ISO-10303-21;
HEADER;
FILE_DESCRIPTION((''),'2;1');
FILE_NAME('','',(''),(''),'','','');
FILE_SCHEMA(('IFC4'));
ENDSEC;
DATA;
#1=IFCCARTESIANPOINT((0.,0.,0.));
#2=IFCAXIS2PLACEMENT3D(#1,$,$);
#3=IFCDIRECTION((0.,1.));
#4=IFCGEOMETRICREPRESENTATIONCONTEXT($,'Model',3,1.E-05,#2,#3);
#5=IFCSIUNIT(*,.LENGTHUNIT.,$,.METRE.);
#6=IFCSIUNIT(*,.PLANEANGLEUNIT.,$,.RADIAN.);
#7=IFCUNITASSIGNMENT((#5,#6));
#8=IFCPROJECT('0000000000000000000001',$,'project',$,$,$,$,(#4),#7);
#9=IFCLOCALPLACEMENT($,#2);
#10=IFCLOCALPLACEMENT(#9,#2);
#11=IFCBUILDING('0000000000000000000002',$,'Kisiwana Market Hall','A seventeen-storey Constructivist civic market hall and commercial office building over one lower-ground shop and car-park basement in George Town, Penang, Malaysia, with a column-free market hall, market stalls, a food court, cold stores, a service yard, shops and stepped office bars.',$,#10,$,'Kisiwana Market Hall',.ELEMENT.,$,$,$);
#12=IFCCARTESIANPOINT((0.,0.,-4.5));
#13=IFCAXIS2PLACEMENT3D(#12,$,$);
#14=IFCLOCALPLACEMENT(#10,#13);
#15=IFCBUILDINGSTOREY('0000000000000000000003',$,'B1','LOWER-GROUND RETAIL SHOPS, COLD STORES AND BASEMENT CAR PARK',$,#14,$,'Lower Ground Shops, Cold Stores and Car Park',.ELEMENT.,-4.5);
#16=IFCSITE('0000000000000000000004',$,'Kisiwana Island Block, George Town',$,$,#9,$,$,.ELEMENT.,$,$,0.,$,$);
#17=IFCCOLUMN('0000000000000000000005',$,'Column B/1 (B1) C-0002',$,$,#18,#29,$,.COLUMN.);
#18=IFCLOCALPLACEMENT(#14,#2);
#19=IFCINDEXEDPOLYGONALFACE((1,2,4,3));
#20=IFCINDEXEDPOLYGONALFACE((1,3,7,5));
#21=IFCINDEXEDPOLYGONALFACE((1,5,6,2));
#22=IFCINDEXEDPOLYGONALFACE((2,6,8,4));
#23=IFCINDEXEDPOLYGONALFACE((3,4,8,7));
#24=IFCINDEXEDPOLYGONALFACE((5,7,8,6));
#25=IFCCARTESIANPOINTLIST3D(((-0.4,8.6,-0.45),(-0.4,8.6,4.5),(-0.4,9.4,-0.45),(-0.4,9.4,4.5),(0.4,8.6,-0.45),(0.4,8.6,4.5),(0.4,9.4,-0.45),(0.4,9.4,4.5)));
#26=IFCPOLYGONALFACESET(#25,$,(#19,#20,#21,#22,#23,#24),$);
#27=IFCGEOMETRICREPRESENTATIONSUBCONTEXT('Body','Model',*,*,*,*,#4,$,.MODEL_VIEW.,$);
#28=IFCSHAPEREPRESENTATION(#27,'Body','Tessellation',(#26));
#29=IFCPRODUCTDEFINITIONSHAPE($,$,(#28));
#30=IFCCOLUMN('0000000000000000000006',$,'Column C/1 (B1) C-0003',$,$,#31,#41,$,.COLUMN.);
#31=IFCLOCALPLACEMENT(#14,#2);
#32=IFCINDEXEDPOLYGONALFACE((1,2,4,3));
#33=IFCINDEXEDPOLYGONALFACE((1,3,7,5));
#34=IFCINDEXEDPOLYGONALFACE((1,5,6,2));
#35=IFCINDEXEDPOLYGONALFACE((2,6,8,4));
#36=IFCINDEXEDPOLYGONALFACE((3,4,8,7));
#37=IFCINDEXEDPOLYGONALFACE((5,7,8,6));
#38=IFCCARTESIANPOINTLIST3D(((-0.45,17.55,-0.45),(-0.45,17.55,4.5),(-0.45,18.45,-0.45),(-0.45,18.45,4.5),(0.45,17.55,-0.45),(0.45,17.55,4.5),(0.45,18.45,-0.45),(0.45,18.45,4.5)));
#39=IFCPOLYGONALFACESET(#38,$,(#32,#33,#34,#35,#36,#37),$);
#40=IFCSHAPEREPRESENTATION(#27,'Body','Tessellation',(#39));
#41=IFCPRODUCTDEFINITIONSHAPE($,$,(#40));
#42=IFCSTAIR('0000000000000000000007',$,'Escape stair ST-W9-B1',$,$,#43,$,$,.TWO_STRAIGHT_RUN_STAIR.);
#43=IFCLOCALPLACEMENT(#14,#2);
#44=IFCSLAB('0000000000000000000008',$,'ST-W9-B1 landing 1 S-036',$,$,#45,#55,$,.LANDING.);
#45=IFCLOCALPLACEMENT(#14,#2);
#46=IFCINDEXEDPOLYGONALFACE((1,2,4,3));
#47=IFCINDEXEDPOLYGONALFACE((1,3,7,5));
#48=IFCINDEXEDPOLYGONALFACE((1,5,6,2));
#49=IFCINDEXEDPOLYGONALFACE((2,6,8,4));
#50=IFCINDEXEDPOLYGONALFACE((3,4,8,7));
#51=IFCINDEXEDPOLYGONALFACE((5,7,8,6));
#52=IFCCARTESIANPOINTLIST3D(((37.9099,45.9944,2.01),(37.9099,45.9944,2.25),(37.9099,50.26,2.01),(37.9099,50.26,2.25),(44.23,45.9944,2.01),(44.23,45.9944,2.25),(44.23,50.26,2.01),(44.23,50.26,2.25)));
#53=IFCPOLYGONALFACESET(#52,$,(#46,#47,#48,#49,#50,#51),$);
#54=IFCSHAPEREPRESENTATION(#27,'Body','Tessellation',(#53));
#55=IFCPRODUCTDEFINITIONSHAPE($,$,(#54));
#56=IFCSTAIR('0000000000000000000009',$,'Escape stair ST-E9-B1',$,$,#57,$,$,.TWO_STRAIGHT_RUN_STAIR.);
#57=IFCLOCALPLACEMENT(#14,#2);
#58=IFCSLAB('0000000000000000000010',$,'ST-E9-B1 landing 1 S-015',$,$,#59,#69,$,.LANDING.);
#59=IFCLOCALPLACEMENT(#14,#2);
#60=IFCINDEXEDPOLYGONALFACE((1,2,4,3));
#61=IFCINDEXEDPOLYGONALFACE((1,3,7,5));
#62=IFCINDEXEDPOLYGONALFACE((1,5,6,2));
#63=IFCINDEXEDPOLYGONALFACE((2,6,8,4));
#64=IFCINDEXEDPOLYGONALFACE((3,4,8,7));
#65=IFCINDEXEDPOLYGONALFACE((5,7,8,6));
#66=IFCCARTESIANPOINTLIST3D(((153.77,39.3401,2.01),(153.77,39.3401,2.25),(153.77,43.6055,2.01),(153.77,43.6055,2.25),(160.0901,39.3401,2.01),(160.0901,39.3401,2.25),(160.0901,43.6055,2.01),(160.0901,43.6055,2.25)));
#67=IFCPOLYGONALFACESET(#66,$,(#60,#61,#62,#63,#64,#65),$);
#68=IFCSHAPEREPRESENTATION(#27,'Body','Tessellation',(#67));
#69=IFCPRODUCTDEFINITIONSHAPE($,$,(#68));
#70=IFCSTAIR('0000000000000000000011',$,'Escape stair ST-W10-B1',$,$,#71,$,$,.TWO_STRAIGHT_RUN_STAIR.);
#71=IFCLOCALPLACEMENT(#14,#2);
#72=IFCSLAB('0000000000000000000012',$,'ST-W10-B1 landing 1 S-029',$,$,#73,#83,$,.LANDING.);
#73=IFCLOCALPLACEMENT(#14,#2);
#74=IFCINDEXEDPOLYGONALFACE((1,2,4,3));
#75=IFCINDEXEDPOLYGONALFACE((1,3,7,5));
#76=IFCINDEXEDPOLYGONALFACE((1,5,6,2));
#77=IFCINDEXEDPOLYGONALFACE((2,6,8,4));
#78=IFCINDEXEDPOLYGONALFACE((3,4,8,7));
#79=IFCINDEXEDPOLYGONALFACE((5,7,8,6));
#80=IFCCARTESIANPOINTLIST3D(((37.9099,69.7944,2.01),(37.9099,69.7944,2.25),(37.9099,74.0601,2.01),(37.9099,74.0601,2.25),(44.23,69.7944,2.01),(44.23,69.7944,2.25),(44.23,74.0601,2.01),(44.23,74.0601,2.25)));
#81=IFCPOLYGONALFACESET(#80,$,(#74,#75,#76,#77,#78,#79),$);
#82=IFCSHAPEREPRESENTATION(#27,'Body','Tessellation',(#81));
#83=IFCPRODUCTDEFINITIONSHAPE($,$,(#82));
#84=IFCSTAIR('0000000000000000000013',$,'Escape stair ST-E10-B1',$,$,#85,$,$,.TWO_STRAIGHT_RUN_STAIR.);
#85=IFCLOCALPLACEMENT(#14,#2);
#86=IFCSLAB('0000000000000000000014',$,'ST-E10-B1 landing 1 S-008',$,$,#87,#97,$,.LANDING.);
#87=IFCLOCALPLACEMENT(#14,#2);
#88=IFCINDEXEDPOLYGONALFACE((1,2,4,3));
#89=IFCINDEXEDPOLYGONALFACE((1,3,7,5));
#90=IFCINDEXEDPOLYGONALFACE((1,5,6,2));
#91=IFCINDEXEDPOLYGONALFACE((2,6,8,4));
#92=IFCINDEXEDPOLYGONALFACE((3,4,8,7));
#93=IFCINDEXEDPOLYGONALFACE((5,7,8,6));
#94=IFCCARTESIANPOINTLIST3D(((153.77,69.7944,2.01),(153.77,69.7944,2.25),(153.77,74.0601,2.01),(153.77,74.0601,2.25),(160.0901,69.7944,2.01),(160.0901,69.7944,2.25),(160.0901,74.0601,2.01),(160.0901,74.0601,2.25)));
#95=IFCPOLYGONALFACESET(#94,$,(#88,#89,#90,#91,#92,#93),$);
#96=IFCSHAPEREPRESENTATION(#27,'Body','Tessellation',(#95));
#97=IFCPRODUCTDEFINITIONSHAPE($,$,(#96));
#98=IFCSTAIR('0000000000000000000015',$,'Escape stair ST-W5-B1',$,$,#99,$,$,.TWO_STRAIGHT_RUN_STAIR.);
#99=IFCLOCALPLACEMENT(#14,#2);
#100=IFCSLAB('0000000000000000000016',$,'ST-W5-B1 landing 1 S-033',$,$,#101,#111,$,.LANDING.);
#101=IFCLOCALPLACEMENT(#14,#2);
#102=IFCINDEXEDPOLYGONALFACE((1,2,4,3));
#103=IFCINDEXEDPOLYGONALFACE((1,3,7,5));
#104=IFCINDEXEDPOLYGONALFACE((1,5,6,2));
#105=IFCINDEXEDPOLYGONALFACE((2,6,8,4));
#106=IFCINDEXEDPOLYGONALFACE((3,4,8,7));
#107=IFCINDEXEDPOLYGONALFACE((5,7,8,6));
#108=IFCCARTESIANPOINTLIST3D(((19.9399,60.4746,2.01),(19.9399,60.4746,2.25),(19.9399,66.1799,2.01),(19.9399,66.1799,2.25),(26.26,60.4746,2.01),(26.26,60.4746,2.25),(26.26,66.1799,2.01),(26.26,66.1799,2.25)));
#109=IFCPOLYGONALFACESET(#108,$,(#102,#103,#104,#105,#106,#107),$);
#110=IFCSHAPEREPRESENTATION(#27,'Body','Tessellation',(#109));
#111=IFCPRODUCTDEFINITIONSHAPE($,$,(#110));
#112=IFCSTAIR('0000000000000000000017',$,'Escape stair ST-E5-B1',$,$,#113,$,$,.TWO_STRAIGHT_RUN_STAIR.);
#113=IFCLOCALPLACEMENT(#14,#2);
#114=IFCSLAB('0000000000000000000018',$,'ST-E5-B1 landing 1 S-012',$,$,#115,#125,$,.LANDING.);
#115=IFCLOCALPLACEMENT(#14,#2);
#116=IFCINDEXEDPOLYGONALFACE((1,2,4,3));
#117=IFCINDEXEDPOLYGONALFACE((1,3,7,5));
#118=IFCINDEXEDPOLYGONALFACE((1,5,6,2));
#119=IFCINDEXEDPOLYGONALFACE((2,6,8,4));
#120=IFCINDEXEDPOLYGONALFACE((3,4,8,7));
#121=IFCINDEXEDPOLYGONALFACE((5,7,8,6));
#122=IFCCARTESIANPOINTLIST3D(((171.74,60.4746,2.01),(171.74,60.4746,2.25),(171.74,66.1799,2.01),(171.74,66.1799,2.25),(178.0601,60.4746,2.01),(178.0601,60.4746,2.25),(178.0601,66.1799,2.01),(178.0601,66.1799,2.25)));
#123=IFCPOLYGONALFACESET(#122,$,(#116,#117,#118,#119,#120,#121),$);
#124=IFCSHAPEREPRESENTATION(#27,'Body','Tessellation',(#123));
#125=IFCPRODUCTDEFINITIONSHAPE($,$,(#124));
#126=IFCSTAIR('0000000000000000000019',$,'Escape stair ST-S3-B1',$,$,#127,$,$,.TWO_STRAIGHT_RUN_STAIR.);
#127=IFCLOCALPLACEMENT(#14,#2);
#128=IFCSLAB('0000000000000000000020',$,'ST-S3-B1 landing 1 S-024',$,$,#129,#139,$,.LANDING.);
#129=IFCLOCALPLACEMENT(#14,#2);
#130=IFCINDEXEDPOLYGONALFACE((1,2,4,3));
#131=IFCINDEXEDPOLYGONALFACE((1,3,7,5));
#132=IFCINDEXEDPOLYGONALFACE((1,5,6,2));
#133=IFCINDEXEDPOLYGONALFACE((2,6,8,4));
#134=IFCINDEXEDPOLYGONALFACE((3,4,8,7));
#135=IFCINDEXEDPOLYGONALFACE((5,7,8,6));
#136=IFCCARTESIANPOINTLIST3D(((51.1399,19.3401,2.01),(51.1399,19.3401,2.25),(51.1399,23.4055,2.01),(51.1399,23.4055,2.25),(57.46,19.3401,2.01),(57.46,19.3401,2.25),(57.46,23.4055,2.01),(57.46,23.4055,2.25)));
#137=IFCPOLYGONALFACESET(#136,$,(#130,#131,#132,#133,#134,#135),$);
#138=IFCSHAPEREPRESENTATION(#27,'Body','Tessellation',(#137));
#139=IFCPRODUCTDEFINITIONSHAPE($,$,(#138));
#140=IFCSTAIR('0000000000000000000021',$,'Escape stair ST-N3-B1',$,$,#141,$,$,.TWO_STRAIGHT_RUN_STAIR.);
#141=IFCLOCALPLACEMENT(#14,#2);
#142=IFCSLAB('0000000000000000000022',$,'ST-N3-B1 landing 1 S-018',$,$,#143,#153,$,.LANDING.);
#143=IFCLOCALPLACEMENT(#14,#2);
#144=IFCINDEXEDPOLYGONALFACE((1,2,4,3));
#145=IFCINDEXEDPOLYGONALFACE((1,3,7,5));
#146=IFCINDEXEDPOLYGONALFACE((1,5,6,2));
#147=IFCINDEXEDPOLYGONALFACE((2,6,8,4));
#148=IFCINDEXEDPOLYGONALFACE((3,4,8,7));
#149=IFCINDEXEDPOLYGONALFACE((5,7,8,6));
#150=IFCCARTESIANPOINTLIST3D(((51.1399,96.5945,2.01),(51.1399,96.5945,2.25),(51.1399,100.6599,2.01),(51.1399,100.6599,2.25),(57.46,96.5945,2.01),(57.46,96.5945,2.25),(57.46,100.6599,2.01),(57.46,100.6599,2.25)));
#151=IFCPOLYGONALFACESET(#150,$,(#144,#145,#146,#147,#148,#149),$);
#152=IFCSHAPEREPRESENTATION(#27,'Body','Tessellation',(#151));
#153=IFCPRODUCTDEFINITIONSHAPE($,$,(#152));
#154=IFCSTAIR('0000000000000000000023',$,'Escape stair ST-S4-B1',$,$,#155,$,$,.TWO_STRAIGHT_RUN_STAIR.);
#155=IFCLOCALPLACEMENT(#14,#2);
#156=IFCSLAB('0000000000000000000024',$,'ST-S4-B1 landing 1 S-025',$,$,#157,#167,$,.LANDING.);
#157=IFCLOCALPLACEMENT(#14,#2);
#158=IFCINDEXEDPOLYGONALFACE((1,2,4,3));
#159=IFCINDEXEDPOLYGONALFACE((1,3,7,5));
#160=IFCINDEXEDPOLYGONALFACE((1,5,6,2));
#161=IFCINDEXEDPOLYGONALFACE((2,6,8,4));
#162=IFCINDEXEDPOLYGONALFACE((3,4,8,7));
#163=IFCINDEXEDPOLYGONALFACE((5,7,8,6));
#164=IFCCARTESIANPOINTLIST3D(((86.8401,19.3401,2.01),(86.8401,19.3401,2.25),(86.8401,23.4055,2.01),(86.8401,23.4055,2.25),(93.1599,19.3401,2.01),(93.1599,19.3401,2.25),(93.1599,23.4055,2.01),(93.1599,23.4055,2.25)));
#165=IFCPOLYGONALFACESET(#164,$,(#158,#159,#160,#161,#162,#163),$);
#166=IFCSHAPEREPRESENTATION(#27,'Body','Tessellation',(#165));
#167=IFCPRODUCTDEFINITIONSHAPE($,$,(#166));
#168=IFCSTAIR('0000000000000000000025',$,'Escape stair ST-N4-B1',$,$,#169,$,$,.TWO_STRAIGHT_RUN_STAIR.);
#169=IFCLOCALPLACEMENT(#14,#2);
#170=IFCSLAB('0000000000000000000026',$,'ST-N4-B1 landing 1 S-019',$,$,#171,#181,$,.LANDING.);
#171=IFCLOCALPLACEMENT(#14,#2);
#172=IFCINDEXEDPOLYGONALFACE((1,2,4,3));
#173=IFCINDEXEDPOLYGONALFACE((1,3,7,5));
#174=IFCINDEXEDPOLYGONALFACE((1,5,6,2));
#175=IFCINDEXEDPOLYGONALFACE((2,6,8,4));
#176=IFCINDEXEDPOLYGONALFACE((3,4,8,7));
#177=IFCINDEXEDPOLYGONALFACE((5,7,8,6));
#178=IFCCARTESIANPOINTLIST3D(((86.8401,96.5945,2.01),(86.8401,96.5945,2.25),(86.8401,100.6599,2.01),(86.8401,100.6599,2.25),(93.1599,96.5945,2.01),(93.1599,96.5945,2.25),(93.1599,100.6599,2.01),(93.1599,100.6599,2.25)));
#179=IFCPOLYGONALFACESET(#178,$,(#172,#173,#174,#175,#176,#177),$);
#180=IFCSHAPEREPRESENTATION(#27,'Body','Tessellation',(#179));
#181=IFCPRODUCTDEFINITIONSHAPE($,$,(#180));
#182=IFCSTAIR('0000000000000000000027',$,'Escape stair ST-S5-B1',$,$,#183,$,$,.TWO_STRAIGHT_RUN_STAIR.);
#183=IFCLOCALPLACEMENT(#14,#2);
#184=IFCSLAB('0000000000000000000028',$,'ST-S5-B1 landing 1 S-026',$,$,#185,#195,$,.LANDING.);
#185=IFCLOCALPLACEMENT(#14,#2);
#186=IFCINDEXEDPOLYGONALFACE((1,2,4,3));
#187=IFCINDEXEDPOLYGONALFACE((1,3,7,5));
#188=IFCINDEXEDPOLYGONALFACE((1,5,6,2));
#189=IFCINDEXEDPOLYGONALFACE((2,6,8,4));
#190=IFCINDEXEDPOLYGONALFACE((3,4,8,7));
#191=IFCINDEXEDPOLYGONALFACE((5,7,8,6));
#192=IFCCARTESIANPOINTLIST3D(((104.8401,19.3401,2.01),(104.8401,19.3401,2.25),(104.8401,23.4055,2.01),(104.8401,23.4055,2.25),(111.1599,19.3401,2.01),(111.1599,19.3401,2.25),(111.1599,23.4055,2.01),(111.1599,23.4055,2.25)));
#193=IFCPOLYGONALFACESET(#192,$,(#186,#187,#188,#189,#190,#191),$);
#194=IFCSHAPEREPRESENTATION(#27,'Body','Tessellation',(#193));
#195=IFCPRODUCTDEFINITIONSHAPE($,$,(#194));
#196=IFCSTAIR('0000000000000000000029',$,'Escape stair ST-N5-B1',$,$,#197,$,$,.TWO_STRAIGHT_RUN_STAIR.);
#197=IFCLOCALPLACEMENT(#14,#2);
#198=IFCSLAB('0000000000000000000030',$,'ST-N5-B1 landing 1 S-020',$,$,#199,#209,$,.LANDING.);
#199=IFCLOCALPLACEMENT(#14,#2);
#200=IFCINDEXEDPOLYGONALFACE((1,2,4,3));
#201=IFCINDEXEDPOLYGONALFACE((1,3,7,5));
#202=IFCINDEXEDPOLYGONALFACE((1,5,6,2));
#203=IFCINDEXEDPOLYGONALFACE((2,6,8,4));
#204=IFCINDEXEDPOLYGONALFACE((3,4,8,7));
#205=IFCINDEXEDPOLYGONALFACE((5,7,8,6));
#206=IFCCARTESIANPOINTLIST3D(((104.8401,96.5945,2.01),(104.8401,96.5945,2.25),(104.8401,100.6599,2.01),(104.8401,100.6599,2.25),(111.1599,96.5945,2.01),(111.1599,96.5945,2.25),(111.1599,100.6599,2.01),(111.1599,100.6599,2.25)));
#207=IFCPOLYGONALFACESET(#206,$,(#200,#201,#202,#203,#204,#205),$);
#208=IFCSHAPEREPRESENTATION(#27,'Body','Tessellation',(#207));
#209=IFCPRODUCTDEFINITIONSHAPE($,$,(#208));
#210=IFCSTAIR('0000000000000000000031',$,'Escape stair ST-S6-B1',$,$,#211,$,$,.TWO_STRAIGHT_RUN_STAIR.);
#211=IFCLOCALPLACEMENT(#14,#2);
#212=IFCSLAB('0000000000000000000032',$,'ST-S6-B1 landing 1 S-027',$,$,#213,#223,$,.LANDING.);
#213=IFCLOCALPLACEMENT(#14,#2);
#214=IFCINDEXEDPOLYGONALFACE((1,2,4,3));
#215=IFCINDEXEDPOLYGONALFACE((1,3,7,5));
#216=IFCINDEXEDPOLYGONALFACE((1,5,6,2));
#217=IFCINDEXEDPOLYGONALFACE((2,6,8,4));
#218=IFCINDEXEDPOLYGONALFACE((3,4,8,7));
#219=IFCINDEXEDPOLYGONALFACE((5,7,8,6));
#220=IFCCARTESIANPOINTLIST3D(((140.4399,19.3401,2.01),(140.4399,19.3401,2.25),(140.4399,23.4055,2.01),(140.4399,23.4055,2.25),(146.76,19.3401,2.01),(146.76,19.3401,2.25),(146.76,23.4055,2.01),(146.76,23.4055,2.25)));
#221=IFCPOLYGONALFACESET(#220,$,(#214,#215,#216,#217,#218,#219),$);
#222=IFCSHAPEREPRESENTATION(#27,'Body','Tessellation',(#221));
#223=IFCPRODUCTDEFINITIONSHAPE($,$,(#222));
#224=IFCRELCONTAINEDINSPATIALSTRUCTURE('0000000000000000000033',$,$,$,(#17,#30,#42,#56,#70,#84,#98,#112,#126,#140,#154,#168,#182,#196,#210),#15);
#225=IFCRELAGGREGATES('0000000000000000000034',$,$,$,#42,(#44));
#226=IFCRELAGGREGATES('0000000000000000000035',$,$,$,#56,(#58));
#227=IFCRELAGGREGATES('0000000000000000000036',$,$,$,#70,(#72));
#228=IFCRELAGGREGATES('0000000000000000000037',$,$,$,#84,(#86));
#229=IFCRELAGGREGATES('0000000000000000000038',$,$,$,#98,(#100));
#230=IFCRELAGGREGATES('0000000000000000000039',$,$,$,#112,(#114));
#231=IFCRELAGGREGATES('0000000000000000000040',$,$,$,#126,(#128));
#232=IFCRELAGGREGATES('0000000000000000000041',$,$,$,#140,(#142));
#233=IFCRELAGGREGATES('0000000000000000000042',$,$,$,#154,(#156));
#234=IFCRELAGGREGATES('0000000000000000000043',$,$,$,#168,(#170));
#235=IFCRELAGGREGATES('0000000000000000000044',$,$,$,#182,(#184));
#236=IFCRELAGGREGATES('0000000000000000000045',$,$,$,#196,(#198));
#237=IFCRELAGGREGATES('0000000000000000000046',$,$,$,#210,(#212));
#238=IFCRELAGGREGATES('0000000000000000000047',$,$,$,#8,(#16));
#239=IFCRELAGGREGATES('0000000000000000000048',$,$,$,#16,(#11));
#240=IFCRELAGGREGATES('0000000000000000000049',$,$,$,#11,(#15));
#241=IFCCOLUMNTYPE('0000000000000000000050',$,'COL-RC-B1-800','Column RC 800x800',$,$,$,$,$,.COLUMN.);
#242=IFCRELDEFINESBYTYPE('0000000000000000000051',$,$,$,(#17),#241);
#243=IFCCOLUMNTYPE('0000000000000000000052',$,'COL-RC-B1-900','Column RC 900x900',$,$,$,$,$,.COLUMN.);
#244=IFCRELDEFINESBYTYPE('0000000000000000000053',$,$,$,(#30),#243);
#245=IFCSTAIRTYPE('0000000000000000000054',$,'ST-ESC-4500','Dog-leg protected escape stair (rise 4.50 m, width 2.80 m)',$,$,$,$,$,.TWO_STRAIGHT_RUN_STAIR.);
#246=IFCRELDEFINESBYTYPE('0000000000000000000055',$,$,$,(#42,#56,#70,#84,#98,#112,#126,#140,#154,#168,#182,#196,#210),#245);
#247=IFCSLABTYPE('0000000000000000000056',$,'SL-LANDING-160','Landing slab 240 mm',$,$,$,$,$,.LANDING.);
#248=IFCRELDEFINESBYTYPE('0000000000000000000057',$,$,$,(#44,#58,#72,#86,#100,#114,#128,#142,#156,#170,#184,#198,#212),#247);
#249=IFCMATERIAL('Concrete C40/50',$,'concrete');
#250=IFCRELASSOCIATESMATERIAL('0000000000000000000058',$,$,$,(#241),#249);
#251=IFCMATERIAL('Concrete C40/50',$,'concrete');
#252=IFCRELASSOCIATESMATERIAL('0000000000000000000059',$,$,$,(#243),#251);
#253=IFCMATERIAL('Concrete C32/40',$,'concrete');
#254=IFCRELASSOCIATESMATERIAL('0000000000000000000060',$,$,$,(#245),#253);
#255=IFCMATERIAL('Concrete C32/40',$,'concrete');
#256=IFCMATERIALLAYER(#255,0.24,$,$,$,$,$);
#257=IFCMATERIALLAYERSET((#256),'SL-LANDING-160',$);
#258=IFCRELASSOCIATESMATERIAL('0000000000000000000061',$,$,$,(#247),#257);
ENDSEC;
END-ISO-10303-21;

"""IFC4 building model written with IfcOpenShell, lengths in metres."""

from ifc_helpers import new_model, si_unit, direction, frame, origin, origin_2d, place, context, subcontext, project, spatial, polyline, rectangle, outline, extrude, material, layer, layer_set, material_profile, profile_set, type_object, element, aggregate, save


model = new_model("IFC4")

# Units and contexts
model_context = context("Model", 3, precision=1e-05, world=origin(), true_north=direction((0.0, 1.0)))
body_context = subcontext(model_context, "Body", "Model", "MODEL_VIEW")
ifc_project = project(units=[si_unit("LENGTHUNIT", "METRE"), si_unit("PLANEANGLEUNIT", "RADIAN")], contexts=[model_context])

# Site, building, storey
site_placement = place(None, origin())
site = spatial("IfcSite", under=ifc_project, at=site_placement, Name="Kisiwana Island Block, George Town", CompositionType="ELEMENT", RefElevation=0.0)
building_placement = place(site_placement, origin())
building = spatial("IfcBuilding", under=site, at=building_placement, Name="Kisiwana Market Hall", Description="A seventeen-storey Constructivist civic market hall and commercial office building over one lower-ground shop and car-park basement in George Town, Penang, Malaysia, with a column-free market hall, market stalls, a food court, cold stores, a service yard, shops and stepped office bars.", LongName="Kisiwana Market Hall", CompositionType="ELEMENT")
storey_placement = place(building_placement, frame((0.0, 0.0, -4.5)))
storey = spatial("IfcBuildingStorey", under=building, at=storey_placement, Name="B1", Description="LOWER-GROUND RETAIL SHOPS, COLD STORES AND BASEMENT CAR PARK", LongName="Lower Ground Shops, Cold Stores and Car Park", CompositionType="ELEMENT", Elevation=-4.5)

# Columns
ifc_material_1 = material(Name="Concrete C40/50", Category="concrete")
ifc_material_profile_1 = material_profile(ifc_material_1, rectangle(XDim=0.8, YDim=0.8, at=origin_2d()), Name="RC 800x800")
ifc_profile_set_1 = profile_set([ifc_material_profile_1], Name="Concrete C40/50")
column_type_1 = type_object("IfcColumnType", Name="COL-RC-B1-800", Description="Column RC 800x800", PredefinedType="COLUMN", material=ifc_profile_set_1)
column_1_placement = place(storey_placement, frame((0.0, 9.0, -0.45), z_axis=(0.0, 0.0, 1.0), x_axis=(1.0, 0.0, 0.0)))
element("IfcColumn", 1, at=column_1_placement, inside=storey, type_object=column_type_1, Name="Column B/1 (B1) C-0002", PredefinedType="COLUMN", context=body_context, shape_type="SweptSolid", body=[
    extrude(rectangle(XDim=0.8, YDim=0.8, at=origin_2d()), origin(), (0.0, 0.0, 1.0), 4.95),
])
ifc_material_2 = material(Name="Concrete C40/50", Category="concrete")
ifc_material_profile_2 = material_profile(ifc_material_2, rectangle(XDim=0.8999, YDim=0.8999, at=origin_2d()), Name="RC 900x900")
ifc_profile_set_2 = profile_set([ifc_material_profile_2], Name="Concrete C40/50")
column_type_2 = type_object("IfcColumnType", Name="COL-RC-B1-900", Description="Column RC 900x900", PredefinedType="COLUMN", material=ifc_profile_set_2)
column_2_placement = place(storey_placement, frame((0.0, 18.0, -0.45), z_axis=(0.0, 0.0, 1.0), x_axis=(1.0, 0.0, 0.0)))
element("IfcColumn", 2, at=column_2_placement, inside=storey, type_object=column_type_2, Name="Column C/1 (B1) C-0003", PredefinedType="COLUMN", context=body_context, shape_type="SweptSolid", body=[
    extrude(rectangle(XDim=0.8999, YDim=0.8999, at=origin_2d()), origin(), (0.0, 0.0, 1.0), 4.95),
])

# Stairs, slabs
ifc_material_3 = material(Name="Concrete C32/40", Category="concrete")
stair_type = type_object("IfcStairType", Name="ST-ESC-4500", Description="Dog-leg protected escape stair (rise 4.50 m, width 2.80 m)", PredefinedType="TWO_STRAIGHT_RUN_STAIR", material=ifc_material_3)
stair_1_placement = place(storey_placement, origin())
stair_1 = element("IfcStair", 3, at=stair_1_placement, inside=storey, type_object=stair_type, Name="Escape stair ST-W9-B1", PredefinedType="TWO_STRAIGHT_RUN_STAIR")
ifc_material_4 = material(Name="Concrete C32/40", Category="concrete")
ifc_layer_1 = layer(ifc_material_4, 0.24)
ifc_layer_set_1 = layer_set([ifc_layer_1], Name="SL-LANDING-160")
slab_type = type_object("IfcSlabType", Name="SL-LANDING-160", Description="Landing slab 240 mm", PredefinedType="LANDING", material=ifc_layer_set_1)
slab_1_placement = place(storey_placement, frame((0.0, 0.0, 2.01)))
slab_1 = element("IfcSlab", 4, at=slab_1_placement, type_object=slab_type, Name="ST-W9-B1 landing 1 S-036", PredefinedType="LANDING", context=body_context, shape_type="SweptSolid", body=[
    extrude(outline(polyline([(37.9099, 45.9944), (44.23, 45.9944), (44.23, 50.26), (37.9099, 50.26), (37.9099, 45.9944)])), origin(), (0.0, 0.0, 1.0), 0.24),
])
aggregate(stair_1, [slab_1])
stair_2_placement = place(storey_placement, origin())
stair_2 = element("IfcStair", 5, at=stair_2_placement, inside=storey, type_object=stair_type, Name="Escape stair ST-E9-B1", PredefinedType="TWO_STRAIGHT_RUN_STAIR")
slab_2_placement = place(storey_placement, frame((0.0, 0.0, 2.01)))
slab_2 = element("IfcSlab", 6, at=slab_2_placement, type_object=slab_type, Name="ST-E9-B1 landing 1 S-015", PredefinedType="LANDING", context=body_context, shape_type="SweptSolid", body=[
    extrude(outline(polyline([(153.77, 39.3401), (160.0901, 39.3401), (160.0901, 43.6055), (153.77, 43.6055), (153.77, 39.3401)])), origin(), (0.0, 0.0, 1.0), 0.24),
])
aggregate(stair_2, [slab_2])
stair_3_placement = place(storey_placement, origin())
stair_3 = element("IfcStair", 7, at=stair_3_placement, inside=storey, type_object=stair_type, Name="Escape stair ST-W10-B1", PredefinedType="TWO_STRAIGHT_RUN_STAIR")
slab_3_placement = place(storey_placement, frame((0.0, 0.0, 2.01)))
slab_3 = element("IfcSlab", 8, at=slab_3_placement, type_object=slab_type, Name="ST-W10-B1 landing 1 S-029", PredefinedType="LANDING", context=body_context, shape_type="SweptSolid", body=[
    extrude(outline(polyline([(37.9099, 69.7944), (44.23, 69.7944), (44.23, 74.0601), (37.9099, 74.0601), (37.9099, 69.7944)])), origin(), (0.0, 0.0, 1.0), 0.24),
])
aggregate(stair_3, [slab_3])
stair_4_placement = place(storey_placement, origin())
stair_4 = element("IfcStair", 9, at=stair_4_placement, inside=storey, type_object=stair_type, Name="Escape stair ST-E10-B1", PredefinedType="TWO_STRAIGHT_RUN_STAIR")
slab_4_placement = place(storey_placement, frame((0.0, 0.0, 2.01)))
slab_4 = element("IfcSlab", 10, at=slab_4_placement, type_object=slab_type, Name="ST-E10-B1 landing 1 S-008", PredefinedType="LANDING", context=body_context, shape_type="SweptSolid", body=[
    extrude(outline(polyline([(153.77, 69.7944), (160.0901, 69.7944), (160.0901, 74.0601), (153.77, 74.0601), (153.77, 69.7944)])), origin(), (0.0, 0.0, 1.0), 0.24),
])
aggregate(stair_4, [slab_4])
stair_5_placement = place(storey_placement, origin())
stair_5 = element("IfcStair", 11, at=stair_5_placement, inside=storey, type_object=stair_type, Name="Escape stair ST-W5-B1", PredefinedType="TWO_STRAIGHT_RUN_STAIR")
slab_5_placement = place(storey_placement, frame((0.0, 0.0, 2.01)))
slab_5 = element("IfcSlab", 12, at=slab_5_placement, type_object=slab_type, Name="ST-W5-B1 landing 1 S-033", PredefinedType="LANDING", context=body_context, shape_type="SweptSolid", body=[
    extrude(outline(polyline([(19.9399, 60.4746), (26.26, 60.4746), (26.26, 66.1799), (19.9399, 66.1799), (19.9399, 60.4746)])), origin(), (0.0, 0.0, 1.0), 0.24),
])
aggregate(stair_5, [slab_5])
stair_6_placement = place(storey_placement, origin())
stair_6 = element("IfcStair", 13, at=stair_6_placement, inside=storey, type_object=stair_type, Name="Escape stair ST-E5-B1", PredefinedType="TWO_STRAIGHT_RUN_STAIR")
slab_6_placement = place(storey_placement, frame((0.0, 0.0, 2.01)))
slab_6 = element("IfcSlab", 14, at=slab_6_placement, type_object=slab_type, Name="ST-E5-B1 landing 1 S-012", PredefinedType="LANDING", context=body_context, shape_type="SweptSolid", body=[
    extrude(outline(polyline([(171.74, 60.4746), (178.0601, 60.4746), (178.0601, 66.1799), (171.74, 66.1799), (171.74, 60.4746)])), origin(), (0.0, 0.0, 1.0), 0.24),
])
aggregate(stair_6, [slab_6])
stair_7_placement = place(storey_placement, origin())
stair_7 = element("IfcStair", 15, at=stair_7_placement, inside=storey, type_object=stair_type, Name="Escape stair ST-S3-B1", PredefinedType="TWO_STRAIGHT_RUN_STAIR")
slab_7_placement = place(storey_placement, frame((0.0, 0.0, 2.01)))
slab_7 = element("IfcSlab", 16, at=slab_7_placement, type_object=slab_type, Name="ST-S3-B1 landing 1 S-024", PredefinedType="LANDING", context=body_context, shape_type="SweptSolid", body=[
    extrude(outline(polyline([(51.1399, 19.3401), (57.46, 19.3401), (57.46, 23.4055), (51.1399, 23.4055), (51.1399, 19.3401)])), origin(), (0.0, 0.0, 1.0), 0.24),
])
aggregate(stair_7, [slab_7])
stair_8_placement = place(storey_placement, origin())
stair_8 = element("IfcStair", 17, at=stair_8_placement, inside=storey, type_object=stair_type, Name="Escape stair ST-N3-B1", PredefinedType="TWO_STRAIGHT_RUN_STAIR")
slab_8_placement = place(storey_placement, frame((0.0, 0.0, 2.01)))
slab_8 = element("IfcSlab", 18, at=slab_8_placement, type_object=slab_type, Name="ST-N3-B1 landing 1 S-018", PredefinedType="LANDING", context=body_context, shape_type="SweptSolid", body=[
    extrude(outline(polyline([(51.1399, 96.5945), (57.46, 96.5945), (57.46, 100.6599), (51.1399, 100.6599), (51.1399, 96.5945)])), origin(), (0.0, 0.0, 1.0), 0.24),
])
aggregate(stair_8, [slab_8])
stair_9_placement = place(storey_placement, origin())
stair_9 = element("IfcStair", 19, at=stair_9_placement, inside=storey, type_object=stair_type, Name="Escape stair ST-S4-B1", PredefinedType="TWO_STRAIGHT_RUN_STAIR")
slab_9_placement = place(storey_placement, frame((0.0, 0.0, 2.01)))
slab_9 = element("IfcSlab", 20, at=slab_9_placement, type_object=slab_type, Name="ST-S4-B1 landing 1 S-025", PredefinedType="LANDING", context=body_context, shape_type="SweptSolid", body=[
    extrude(outline(polyline([(86.8401, 19.3401), (93.1599, 19.3401), (93.1599, 23.4055), (86.8401, 23.4055), (86.8401, 19.3401)])), origin(), (0.0, 0.0, 1.0), 0.24),
])
aggregate(stair_9, [slab_9])
stair_10_placement = place(storey_placement, origin())
stair_10 = element("IfcStair", 21, at=stair_10_placement, inside=storey, type_object=stair_type, Name="Escape stair ST-N4-B1", PredefinedType="TWO_STRAIGHT_RUN_STAIR")
slab_10_placement = place(storey_placement, frame((0.0, 0.0, 2.01)))
slab_10 = element("IfcSlab", 22, at=slab_10_placement, type_object=slab_type, Name="ST-N4-B1 landing 1 S-019", PredefinedType="LANDING", context=body_context, shape_type="SweptSolid", body=[
    extrude(outline(polyline([(86.8401, 96.5945), (93.1599, 96.5945), (93.1599, 100.6599), (86.8401, 100.6599), (86.8401, 96.5945)])), origin(), (0.0, 0.0, 1.0), 0.24),
])
aggregate(stair_10, [slab_10])
stair_11_placement = place(storey_placement, origin())
stair_11 = element("IfcStair", 23, at=stair_11_placement, inside=storey, type_object=stair_type, Name="Escape stair ST-S5-B1", PredefinedType="TWO_STRAIGHT_RUN_STAIR")
slab_11_placement = place(storey_placement, frame((0.0, 0.0, 2.01)))
slab_11 = element("IfcSlab", 24, at=slab_11_placement, type_object=slab_type, Name="ST-S5-B1 landing 1 S-026", PredefinedType="LANDING", context=body_context, shape_type="SweptSolid", body=[
    extrude(outline(polyline([(104.8401, 19.3401), (111.1599, 19.3401), (111.1599, 23.4055), (104.8401, 23.4055), (104.8401, 19.3401)])), origin(), (0.0, 0.0, 1.0), 0.24),
])
aggregate(stair_11, [slab_11])
stair_12_placement = place(storey_placement, origin())
stair_12 = element("IfcStair", 25, at=stair_12_placement, inside=storey, type_object=stair_type, Name="Escape stair ST-N5-B1", PredefinedType="TWO_STRAIGHT_RUN_STAIR")
slab_12_placement = place(storey_placement, frame((0.0, 0.0, 2.01)))
slab_12 = element("IfcSlab", 26, at=slab_12_placement, type_object=slab_type, Name="ST-N5-B1 landing 1 S-020", PredefinedType="LANDING", context=body_context, shape_type="SweptSolid", body=[
    extrude(outline(polyline([(104.8401, 96.5945), (111.1599, 96.5945), (111.1599, 100.6599), (104.8401, 100.6599), (104.8401, 96.5945)])), origin(), (0.0, 0.0, 1.0), 0.24),
])
aggregate(stair_12, [slab_12])
stair_13_placement = place(storey_placement, origin())
stair_13 = element("IfcStair", 27, at=stair_13_placement, inside=storey, type_object=stair_type, Name="Escape stair ST-S6-B1", PredefinedType="TWO_STRAIGHT_RUN_STAIR")
slab_13_placement = place(storey_placement, frame((0.0, 0.0, 2.01)))
slab_13 = element("IfcSlab", 28, at=slab_13_placement, type_object=slab_type, Name="ST-S6-B1 landing 1 S-027", PredefinedType="LANDING", context=body_context, shape_type="SweptSolid", body=[
    extrude(outline(polyline([(140.4399, 19.3401), (146.76, 19.3401), (146.76, 23.4055), (140.4399, 23.4055), (140.4399, 19.3401)])), origin(), (0.0, 0.0, 1.0), 0.24),
])
aggregate(stair_13, [slab_13])

save(model, "model.ifc")
